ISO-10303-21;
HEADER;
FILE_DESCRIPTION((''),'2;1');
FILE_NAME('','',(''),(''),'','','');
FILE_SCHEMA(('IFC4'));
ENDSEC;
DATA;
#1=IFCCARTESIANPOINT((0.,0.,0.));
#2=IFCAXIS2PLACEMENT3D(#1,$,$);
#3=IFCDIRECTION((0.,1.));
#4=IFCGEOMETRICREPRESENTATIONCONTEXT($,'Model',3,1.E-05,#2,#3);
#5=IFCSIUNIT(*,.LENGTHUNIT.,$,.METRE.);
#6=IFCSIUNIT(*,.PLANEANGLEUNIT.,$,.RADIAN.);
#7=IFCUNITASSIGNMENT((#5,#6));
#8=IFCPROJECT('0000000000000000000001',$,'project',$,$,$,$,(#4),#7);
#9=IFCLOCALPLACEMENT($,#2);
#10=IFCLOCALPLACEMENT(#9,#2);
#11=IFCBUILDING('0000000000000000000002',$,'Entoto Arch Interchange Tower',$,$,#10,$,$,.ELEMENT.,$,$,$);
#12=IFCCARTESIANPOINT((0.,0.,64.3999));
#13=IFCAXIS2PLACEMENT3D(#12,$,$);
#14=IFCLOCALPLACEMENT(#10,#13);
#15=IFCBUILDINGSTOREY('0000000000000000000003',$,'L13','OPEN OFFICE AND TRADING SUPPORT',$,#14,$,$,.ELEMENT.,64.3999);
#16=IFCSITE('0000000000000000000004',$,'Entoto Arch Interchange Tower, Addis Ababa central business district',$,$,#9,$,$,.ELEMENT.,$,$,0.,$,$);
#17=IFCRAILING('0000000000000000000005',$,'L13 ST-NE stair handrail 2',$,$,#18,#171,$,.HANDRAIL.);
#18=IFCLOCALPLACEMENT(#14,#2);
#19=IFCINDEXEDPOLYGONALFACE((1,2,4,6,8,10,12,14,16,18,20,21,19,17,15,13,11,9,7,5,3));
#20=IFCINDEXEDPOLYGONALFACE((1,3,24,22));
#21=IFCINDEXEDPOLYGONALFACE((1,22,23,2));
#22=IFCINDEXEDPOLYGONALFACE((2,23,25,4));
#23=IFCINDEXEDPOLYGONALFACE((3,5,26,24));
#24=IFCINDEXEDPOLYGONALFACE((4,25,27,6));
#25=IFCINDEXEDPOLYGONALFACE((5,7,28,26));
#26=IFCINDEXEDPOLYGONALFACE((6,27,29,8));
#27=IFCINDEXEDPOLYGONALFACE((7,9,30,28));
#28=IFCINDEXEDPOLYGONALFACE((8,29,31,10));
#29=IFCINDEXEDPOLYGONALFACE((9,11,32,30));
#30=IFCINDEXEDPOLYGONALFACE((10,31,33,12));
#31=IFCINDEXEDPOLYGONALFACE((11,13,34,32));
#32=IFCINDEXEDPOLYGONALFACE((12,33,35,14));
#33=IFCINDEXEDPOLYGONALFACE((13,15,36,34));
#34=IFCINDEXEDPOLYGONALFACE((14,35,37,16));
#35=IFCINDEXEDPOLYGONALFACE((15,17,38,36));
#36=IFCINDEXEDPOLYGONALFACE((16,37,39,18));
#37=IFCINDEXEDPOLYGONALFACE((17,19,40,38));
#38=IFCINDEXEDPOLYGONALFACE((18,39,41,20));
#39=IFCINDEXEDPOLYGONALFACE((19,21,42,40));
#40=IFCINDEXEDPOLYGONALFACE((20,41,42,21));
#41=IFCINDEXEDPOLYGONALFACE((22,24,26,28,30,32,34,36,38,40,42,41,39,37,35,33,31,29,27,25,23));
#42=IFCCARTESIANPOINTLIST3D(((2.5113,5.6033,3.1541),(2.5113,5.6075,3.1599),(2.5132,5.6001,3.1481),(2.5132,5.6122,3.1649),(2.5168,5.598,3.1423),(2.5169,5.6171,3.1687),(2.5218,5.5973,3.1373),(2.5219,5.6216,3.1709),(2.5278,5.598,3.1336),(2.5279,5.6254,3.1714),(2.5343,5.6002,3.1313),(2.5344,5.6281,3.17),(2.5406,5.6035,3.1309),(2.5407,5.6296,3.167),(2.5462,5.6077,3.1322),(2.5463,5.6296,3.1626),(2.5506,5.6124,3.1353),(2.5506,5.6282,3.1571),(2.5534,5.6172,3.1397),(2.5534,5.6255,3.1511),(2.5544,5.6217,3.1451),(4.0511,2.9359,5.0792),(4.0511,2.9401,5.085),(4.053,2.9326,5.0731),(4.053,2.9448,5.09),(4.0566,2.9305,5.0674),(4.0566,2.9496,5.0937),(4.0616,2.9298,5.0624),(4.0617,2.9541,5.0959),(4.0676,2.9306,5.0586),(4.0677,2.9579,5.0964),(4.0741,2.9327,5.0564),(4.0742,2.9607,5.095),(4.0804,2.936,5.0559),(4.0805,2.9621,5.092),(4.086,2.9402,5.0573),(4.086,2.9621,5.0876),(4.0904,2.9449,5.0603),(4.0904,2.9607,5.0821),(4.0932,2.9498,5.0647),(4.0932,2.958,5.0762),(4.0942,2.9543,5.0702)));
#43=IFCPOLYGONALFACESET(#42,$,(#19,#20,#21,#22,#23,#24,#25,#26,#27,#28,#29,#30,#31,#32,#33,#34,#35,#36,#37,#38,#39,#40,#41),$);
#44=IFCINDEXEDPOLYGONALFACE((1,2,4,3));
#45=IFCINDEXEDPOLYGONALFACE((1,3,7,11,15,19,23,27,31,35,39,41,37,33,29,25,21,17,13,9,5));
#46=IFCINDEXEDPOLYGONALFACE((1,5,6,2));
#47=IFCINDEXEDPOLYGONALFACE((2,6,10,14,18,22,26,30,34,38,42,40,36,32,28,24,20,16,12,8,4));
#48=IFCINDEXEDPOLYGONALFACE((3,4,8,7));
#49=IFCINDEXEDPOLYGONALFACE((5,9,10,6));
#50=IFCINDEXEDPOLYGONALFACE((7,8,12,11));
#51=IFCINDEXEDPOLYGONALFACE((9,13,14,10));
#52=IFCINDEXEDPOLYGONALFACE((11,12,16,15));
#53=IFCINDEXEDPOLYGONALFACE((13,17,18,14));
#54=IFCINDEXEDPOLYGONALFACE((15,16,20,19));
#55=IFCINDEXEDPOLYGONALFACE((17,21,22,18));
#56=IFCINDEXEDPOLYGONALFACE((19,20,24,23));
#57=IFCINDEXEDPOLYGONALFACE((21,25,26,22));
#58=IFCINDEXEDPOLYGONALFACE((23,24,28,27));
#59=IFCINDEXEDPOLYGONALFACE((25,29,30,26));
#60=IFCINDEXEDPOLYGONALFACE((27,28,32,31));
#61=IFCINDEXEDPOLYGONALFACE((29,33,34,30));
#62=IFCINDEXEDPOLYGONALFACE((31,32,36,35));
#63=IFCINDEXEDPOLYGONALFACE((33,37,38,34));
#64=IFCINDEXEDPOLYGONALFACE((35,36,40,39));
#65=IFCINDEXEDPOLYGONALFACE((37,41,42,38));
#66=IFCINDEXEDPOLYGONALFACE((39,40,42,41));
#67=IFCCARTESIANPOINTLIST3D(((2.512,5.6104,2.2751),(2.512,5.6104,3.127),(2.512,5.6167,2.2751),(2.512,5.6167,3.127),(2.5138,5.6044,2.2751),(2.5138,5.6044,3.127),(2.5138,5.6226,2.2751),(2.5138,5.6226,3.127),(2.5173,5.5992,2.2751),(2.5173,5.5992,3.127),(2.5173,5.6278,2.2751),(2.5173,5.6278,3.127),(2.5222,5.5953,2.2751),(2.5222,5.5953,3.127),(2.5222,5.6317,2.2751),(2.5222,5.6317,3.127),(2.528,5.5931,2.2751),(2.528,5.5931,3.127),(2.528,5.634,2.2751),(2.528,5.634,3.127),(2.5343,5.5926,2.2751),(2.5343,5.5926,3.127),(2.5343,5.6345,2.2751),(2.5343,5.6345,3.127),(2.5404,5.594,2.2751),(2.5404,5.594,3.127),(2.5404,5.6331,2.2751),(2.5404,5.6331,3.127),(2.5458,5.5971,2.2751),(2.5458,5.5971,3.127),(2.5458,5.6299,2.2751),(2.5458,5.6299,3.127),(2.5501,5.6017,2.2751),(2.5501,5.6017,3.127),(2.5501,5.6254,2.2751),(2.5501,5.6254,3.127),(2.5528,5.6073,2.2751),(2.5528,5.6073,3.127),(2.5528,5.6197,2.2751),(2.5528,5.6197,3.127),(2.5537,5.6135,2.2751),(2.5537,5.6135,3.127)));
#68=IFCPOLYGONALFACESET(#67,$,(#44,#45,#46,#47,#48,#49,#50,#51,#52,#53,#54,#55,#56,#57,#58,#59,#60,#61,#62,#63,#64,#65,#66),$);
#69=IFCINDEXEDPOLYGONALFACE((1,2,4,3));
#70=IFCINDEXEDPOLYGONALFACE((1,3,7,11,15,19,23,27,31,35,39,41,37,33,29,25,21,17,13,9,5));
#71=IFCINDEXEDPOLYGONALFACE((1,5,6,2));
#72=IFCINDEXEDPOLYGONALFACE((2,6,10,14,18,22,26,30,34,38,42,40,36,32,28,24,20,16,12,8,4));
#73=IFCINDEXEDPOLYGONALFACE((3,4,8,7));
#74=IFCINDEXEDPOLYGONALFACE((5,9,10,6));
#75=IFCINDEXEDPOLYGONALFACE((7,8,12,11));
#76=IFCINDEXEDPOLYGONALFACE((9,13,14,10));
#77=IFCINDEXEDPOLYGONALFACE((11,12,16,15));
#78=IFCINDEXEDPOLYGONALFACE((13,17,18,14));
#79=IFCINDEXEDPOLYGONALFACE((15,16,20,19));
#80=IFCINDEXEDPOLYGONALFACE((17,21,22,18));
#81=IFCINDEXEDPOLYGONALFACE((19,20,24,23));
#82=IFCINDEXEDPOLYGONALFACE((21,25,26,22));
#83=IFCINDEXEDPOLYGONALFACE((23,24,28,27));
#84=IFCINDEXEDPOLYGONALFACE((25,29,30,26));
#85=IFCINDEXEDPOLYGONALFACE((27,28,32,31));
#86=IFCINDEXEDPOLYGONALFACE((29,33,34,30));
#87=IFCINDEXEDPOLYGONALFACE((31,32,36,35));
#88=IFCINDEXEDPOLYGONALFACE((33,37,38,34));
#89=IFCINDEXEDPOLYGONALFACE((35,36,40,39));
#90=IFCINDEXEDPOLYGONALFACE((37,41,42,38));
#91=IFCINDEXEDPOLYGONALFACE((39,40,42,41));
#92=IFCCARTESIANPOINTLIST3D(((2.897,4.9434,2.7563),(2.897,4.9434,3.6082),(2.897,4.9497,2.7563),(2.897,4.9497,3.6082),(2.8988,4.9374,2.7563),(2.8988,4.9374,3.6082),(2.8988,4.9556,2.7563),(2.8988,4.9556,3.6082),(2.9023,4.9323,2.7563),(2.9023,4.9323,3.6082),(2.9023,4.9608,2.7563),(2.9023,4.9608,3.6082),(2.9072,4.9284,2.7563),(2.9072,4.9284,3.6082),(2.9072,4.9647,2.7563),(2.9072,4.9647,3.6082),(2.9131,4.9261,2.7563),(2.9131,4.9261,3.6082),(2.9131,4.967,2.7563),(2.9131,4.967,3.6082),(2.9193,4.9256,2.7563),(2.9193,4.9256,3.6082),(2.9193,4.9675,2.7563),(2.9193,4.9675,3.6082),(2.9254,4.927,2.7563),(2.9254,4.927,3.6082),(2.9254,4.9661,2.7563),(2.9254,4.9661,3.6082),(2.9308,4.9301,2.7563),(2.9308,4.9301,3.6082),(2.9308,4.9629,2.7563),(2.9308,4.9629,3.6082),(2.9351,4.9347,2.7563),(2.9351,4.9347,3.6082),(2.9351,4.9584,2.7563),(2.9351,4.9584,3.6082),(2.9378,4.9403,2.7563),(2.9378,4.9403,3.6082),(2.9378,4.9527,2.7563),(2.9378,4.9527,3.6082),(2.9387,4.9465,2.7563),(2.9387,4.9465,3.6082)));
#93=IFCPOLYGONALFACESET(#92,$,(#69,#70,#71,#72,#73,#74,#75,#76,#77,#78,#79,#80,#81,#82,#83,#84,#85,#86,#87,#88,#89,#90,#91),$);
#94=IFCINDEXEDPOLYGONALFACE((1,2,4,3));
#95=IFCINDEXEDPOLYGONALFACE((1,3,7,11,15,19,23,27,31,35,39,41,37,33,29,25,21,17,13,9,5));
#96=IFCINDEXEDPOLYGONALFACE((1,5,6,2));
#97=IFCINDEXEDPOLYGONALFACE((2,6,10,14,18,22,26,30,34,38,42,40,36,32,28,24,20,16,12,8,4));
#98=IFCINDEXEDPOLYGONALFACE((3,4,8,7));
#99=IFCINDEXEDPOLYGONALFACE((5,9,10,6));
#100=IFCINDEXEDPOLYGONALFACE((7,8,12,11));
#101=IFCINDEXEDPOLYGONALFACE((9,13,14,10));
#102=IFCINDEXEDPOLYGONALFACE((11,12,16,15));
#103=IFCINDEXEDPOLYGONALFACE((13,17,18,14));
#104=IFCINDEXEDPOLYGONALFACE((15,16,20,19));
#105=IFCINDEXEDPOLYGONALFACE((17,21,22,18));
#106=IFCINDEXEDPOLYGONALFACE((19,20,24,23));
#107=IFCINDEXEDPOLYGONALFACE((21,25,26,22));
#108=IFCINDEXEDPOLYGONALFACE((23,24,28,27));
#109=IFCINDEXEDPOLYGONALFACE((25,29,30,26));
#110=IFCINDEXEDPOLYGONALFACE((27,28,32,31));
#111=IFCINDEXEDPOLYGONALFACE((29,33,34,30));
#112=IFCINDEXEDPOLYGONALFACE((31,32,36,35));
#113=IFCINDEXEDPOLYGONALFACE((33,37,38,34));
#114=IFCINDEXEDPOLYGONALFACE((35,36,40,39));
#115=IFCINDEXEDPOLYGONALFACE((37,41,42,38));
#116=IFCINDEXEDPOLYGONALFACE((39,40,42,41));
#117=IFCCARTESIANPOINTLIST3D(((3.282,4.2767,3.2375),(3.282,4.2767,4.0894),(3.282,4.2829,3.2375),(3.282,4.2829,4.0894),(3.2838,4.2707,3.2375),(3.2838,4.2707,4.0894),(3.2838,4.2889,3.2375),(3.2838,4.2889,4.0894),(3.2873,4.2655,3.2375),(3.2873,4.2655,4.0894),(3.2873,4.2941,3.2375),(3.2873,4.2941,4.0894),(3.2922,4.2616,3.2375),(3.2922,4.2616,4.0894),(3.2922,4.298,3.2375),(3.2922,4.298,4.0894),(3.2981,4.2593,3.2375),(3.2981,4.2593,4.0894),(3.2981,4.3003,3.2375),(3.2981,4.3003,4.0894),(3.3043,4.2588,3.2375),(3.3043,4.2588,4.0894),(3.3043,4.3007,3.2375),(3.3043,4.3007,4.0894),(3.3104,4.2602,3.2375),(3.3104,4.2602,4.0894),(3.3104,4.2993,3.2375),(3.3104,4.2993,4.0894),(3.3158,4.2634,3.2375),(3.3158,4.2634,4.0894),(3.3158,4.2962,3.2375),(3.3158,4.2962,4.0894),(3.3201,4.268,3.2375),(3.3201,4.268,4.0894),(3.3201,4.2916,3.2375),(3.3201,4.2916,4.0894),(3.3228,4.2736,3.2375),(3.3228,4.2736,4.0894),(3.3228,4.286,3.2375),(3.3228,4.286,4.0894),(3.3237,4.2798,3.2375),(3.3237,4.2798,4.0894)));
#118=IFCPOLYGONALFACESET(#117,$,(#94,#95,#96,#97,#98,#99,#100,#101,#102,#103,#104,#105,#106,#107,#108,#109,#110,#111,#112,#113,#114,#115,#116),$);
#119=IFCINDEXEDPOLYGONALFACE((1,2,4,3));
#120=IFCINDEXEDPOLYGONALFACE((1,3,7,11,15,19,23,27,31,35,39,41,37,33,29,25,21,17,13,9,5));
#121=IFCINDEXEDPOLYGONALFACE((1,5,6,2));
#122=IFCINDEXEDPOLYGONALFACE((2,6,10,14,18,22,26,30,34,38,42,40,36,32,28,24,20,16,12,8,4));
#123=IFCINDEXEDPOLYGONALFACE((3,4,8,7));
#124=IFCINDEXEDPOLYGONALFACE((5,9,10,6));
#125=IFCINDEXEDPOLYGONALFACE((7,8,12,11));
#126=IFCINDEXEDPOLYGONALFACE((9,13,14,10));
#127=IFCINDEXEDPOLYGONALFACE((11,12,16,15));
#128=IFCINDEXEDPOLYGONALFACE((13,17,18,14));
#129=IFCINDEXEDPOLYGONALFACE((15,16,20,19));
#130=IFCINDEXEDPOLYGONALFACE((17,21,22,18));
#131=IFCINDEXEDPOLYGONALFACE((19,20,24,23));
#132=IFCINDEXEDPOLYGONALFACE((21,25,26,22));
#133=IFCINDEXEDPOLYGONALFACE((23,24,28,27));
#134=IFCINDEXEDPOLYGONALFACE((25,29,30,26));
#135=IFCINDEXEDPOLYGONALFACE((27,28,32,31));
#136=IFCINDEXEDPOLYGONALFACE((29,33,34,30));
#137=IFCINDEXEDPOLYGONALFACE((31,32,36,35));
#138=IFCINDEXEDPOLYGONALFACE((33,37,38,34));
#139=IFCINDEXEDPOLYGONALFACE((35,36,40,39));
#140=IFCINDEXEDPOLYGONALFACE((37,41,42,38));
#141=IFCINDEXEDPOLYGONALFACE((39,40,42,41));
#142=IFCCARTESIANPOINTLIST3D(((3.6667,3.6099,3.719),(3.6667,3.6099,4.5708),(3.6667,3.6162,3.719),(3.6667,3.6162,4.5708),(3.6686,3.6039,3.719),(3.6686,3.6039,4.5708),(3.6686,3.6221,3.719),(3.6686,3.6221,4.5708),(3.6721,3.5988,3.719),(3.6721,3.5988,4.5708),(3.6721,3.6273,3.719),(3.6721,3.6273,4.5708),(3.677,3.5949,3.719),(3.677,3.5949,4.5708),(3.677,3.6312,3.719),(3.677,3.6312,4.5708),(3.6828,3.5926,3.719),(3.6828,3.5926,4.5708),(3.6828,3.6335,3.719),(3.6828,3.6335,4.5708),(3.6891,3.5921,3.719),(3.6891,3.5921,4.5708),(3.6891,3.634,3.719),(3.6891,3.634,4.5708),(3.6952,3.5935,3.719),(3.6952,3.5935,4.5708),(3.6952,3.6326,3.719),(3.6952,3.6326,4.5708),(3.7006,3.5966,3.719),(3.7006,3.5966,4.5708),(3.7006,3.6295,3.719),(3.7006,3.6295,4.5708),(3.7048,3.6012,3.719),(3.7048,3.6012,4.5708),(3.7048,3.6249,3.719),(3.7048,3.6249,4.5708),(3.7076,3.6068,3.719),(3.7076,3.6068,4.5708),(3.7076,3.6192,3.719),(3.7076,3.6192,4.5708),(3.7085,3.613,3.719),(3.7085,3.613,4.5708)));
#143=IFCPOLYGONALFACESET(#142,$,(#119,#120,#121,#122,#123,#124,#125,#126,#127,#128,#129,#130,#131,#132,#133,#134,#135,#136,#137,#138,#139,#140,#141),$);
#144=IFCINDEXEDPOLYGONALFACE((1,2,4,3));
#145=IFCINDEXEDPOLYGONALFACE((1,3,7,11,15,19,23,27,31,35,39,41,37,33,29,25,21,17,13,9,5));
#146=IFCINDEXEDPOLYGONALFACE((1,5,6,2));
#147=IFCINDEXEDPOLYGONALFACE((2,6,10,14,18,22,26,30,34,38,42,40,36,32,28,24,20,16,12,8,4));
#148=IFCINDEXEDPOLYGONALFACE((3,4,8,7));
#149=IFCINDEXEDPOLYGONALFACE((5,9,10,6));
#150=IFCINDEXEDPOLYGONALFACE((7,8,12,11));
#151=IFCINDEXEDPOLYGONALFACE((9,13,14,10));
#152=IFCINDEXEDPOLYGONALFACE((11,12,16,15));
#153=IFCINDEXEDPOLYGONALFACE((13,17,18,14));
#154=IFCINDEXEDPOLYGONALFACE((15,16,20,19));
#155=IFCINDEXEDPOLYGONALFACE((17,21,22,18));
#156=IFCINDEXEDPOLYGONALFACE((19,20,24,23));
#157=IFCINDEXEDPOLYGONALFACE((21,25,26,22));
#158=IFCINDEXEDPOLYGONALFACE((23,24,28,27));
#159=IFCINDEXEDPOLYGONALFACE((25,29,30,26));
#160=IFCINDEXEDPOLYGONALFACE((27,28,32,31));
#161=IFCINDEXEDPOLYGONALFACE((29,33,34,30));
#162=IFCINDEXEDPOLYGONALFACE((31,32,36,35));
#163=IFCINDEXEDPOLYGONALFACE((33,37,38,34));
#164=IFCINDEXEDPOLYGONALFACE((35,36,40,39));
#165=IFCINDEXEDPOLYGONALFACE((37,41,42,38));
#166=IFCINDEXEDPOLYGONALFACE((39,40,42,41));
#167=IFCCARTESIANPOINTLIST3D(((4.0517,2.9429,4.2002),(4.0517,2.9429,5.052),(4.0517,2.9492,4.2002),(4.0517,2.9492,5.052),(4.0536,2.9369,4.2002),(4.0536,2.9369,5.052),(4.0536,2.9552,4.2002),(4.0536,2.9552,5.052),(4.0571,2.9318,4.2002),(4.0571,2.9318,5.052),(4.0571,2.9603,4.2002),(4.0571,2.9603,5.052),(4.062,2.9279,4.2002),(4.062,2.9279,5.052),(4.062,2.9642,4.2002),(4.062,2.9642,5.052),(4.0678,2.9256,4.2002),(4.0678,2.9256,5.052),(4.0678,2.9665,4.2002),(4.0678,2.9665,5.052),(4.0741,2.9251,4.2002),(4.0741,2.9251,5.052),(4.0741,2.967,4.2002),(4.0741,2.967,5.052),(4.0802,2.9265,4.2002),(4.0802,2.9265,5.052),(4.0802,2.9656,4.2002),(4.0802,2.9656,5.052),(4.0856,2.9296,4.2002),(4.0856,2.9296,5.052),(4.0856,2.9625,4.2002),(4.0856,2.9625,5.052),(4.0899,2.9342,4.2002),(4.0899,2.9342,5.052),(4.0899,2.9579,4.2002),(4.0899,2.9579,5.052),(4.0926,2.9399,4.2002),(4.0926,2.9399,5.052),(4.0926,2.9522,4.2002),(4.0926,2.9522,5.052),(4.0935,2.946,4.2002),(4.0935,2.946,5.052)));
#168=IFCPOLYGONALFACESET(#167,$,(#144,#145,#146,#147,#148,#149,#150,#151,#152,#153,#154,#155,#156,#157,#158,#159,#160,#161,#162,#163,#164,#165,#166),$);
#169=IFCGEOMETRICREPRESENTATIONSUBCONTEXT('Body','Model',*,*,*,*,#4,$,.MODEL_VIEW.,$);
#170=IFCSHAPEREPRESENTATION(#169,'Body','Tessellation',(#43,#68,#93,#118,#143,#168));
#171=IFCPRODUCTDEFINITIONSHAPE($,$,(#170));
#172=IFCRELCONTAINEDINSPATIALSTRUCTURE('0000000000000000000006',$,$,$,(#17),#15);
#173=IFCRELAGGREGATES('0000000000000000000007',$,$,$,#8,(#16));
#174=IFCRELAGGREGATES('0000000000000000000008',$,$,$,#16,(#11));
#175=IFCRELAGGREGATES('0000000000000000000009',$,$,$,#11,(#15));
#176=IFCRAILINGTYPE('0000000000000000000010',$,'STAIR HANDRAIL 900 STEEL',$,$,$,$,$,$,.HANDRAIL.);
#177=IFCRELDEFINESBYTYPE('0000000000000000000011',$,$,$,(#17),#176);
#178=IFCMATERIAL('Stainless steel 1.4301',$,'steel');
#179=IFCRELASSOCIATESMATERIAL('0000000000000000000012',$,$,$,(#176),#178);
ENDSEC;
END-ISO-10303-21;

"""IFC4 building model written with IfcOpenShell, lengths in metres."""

from ifc_helpers import new_model, si_unit, direction, frame, origin, origin_2d, place, context, subcontext, project, spatial, circle, extrude, material, type_object, element, save


model = new_model("IFC4")

# Units and contexts
model_context = context("Model", 3, precision=1e-05, world=origin(), true_north=direction((0.0, 1.0)))
body_context = subcontext(model_context, "Body", "Model", "MODEL_VIEW")
ifc_project = project(units=[si_unit("LENGTHUNIT", "METRE"), si_unit("PLANEANGLEUNIT", "RADIAN")], contexts=[model_context])

# Site, building, storey
site_placement = place(None, origin())
site = spatial("IfcSite", under=ifc_project, at=site_placement, Name="Entoto Arch Interchange Tower, Addis Ababa central business district", CompositionType="ELEMENT", RefElevation=0.0)
building_placement = place(site_placement, origin())
building = spatial("IfcBuilding", under=site, at=building_placement, Name="Entoto Arch Interchange Tower", CompositionType="ELEMENT")
storey_placement = place(building_placement, frame((0.0, 0.0, 64.3999)))
storey = spatial("IfcBuildingStorey", under=building, at=storey_placement, Name="L13", Description="OPEN OFFICE AND TRADING SUPPORT", CompositionType="ELEMENT", Elevation=64.3999)

# Railing
ifc_material_1 = material(Name="Stainless steel 1.4301", Category="steel")
railing_type_1 = type_object("IfcRailingType", Name="STAIR HANDRAIL 900 STEEL", PredefinedType="HANDRAIL", material=ifc_material_1)
railing_1_placement = place(storey_placement, frame((2.5327, 5.6135, 2.2751)))
element("IfcRailing", 1, at=railing_1_placement, inside=storey, type_object=railing_type_1, Name="L13 ST-NE stair handrail 2", PredefinedType="HANDRAIL", context=body_context, shape_type="SweptSolid", body=[
    extrude(circle(Radius=0.0239, at=origin_2d()), frame((0.0, 0.0, 0.876), z_axis=(0.423939, -0.734416, 0.530008), x_axis=(0.866064, 0.499933, 0.0)), (0.0, 0.0, 1.0), 3.6321),
    extrude(circle(Radius=0.021, at=origin_2d()), origin(), (0.0, 0.0, 1.0), 0.8518),
    extrude(circle(Radius=0.021, at=origin_2d()), frame((0.385, -0.667, 0.4812)), (0.0, 0.0, 1.0), 0.8518),
    extrude(circle(Radius=0.021, at=origin_2d()), frame((0.77, -1.3337, 0.9624)), (0.0, 0.0, 1.0), 0.8518),
    extrude(circle(Radius=0.021, at=origin_2d()), frame((1.1548, -2.0005, 1.4438)), (0.0, 0.0, 1.0), 0.8518),
    extrude(circle(Radius=0.021, at=origin_2d()), frame((1.5398, -2.6675, 1.925)), (0.0, 0.0, 1.0), 0.8518),
])

save(model, "model.ifc")
